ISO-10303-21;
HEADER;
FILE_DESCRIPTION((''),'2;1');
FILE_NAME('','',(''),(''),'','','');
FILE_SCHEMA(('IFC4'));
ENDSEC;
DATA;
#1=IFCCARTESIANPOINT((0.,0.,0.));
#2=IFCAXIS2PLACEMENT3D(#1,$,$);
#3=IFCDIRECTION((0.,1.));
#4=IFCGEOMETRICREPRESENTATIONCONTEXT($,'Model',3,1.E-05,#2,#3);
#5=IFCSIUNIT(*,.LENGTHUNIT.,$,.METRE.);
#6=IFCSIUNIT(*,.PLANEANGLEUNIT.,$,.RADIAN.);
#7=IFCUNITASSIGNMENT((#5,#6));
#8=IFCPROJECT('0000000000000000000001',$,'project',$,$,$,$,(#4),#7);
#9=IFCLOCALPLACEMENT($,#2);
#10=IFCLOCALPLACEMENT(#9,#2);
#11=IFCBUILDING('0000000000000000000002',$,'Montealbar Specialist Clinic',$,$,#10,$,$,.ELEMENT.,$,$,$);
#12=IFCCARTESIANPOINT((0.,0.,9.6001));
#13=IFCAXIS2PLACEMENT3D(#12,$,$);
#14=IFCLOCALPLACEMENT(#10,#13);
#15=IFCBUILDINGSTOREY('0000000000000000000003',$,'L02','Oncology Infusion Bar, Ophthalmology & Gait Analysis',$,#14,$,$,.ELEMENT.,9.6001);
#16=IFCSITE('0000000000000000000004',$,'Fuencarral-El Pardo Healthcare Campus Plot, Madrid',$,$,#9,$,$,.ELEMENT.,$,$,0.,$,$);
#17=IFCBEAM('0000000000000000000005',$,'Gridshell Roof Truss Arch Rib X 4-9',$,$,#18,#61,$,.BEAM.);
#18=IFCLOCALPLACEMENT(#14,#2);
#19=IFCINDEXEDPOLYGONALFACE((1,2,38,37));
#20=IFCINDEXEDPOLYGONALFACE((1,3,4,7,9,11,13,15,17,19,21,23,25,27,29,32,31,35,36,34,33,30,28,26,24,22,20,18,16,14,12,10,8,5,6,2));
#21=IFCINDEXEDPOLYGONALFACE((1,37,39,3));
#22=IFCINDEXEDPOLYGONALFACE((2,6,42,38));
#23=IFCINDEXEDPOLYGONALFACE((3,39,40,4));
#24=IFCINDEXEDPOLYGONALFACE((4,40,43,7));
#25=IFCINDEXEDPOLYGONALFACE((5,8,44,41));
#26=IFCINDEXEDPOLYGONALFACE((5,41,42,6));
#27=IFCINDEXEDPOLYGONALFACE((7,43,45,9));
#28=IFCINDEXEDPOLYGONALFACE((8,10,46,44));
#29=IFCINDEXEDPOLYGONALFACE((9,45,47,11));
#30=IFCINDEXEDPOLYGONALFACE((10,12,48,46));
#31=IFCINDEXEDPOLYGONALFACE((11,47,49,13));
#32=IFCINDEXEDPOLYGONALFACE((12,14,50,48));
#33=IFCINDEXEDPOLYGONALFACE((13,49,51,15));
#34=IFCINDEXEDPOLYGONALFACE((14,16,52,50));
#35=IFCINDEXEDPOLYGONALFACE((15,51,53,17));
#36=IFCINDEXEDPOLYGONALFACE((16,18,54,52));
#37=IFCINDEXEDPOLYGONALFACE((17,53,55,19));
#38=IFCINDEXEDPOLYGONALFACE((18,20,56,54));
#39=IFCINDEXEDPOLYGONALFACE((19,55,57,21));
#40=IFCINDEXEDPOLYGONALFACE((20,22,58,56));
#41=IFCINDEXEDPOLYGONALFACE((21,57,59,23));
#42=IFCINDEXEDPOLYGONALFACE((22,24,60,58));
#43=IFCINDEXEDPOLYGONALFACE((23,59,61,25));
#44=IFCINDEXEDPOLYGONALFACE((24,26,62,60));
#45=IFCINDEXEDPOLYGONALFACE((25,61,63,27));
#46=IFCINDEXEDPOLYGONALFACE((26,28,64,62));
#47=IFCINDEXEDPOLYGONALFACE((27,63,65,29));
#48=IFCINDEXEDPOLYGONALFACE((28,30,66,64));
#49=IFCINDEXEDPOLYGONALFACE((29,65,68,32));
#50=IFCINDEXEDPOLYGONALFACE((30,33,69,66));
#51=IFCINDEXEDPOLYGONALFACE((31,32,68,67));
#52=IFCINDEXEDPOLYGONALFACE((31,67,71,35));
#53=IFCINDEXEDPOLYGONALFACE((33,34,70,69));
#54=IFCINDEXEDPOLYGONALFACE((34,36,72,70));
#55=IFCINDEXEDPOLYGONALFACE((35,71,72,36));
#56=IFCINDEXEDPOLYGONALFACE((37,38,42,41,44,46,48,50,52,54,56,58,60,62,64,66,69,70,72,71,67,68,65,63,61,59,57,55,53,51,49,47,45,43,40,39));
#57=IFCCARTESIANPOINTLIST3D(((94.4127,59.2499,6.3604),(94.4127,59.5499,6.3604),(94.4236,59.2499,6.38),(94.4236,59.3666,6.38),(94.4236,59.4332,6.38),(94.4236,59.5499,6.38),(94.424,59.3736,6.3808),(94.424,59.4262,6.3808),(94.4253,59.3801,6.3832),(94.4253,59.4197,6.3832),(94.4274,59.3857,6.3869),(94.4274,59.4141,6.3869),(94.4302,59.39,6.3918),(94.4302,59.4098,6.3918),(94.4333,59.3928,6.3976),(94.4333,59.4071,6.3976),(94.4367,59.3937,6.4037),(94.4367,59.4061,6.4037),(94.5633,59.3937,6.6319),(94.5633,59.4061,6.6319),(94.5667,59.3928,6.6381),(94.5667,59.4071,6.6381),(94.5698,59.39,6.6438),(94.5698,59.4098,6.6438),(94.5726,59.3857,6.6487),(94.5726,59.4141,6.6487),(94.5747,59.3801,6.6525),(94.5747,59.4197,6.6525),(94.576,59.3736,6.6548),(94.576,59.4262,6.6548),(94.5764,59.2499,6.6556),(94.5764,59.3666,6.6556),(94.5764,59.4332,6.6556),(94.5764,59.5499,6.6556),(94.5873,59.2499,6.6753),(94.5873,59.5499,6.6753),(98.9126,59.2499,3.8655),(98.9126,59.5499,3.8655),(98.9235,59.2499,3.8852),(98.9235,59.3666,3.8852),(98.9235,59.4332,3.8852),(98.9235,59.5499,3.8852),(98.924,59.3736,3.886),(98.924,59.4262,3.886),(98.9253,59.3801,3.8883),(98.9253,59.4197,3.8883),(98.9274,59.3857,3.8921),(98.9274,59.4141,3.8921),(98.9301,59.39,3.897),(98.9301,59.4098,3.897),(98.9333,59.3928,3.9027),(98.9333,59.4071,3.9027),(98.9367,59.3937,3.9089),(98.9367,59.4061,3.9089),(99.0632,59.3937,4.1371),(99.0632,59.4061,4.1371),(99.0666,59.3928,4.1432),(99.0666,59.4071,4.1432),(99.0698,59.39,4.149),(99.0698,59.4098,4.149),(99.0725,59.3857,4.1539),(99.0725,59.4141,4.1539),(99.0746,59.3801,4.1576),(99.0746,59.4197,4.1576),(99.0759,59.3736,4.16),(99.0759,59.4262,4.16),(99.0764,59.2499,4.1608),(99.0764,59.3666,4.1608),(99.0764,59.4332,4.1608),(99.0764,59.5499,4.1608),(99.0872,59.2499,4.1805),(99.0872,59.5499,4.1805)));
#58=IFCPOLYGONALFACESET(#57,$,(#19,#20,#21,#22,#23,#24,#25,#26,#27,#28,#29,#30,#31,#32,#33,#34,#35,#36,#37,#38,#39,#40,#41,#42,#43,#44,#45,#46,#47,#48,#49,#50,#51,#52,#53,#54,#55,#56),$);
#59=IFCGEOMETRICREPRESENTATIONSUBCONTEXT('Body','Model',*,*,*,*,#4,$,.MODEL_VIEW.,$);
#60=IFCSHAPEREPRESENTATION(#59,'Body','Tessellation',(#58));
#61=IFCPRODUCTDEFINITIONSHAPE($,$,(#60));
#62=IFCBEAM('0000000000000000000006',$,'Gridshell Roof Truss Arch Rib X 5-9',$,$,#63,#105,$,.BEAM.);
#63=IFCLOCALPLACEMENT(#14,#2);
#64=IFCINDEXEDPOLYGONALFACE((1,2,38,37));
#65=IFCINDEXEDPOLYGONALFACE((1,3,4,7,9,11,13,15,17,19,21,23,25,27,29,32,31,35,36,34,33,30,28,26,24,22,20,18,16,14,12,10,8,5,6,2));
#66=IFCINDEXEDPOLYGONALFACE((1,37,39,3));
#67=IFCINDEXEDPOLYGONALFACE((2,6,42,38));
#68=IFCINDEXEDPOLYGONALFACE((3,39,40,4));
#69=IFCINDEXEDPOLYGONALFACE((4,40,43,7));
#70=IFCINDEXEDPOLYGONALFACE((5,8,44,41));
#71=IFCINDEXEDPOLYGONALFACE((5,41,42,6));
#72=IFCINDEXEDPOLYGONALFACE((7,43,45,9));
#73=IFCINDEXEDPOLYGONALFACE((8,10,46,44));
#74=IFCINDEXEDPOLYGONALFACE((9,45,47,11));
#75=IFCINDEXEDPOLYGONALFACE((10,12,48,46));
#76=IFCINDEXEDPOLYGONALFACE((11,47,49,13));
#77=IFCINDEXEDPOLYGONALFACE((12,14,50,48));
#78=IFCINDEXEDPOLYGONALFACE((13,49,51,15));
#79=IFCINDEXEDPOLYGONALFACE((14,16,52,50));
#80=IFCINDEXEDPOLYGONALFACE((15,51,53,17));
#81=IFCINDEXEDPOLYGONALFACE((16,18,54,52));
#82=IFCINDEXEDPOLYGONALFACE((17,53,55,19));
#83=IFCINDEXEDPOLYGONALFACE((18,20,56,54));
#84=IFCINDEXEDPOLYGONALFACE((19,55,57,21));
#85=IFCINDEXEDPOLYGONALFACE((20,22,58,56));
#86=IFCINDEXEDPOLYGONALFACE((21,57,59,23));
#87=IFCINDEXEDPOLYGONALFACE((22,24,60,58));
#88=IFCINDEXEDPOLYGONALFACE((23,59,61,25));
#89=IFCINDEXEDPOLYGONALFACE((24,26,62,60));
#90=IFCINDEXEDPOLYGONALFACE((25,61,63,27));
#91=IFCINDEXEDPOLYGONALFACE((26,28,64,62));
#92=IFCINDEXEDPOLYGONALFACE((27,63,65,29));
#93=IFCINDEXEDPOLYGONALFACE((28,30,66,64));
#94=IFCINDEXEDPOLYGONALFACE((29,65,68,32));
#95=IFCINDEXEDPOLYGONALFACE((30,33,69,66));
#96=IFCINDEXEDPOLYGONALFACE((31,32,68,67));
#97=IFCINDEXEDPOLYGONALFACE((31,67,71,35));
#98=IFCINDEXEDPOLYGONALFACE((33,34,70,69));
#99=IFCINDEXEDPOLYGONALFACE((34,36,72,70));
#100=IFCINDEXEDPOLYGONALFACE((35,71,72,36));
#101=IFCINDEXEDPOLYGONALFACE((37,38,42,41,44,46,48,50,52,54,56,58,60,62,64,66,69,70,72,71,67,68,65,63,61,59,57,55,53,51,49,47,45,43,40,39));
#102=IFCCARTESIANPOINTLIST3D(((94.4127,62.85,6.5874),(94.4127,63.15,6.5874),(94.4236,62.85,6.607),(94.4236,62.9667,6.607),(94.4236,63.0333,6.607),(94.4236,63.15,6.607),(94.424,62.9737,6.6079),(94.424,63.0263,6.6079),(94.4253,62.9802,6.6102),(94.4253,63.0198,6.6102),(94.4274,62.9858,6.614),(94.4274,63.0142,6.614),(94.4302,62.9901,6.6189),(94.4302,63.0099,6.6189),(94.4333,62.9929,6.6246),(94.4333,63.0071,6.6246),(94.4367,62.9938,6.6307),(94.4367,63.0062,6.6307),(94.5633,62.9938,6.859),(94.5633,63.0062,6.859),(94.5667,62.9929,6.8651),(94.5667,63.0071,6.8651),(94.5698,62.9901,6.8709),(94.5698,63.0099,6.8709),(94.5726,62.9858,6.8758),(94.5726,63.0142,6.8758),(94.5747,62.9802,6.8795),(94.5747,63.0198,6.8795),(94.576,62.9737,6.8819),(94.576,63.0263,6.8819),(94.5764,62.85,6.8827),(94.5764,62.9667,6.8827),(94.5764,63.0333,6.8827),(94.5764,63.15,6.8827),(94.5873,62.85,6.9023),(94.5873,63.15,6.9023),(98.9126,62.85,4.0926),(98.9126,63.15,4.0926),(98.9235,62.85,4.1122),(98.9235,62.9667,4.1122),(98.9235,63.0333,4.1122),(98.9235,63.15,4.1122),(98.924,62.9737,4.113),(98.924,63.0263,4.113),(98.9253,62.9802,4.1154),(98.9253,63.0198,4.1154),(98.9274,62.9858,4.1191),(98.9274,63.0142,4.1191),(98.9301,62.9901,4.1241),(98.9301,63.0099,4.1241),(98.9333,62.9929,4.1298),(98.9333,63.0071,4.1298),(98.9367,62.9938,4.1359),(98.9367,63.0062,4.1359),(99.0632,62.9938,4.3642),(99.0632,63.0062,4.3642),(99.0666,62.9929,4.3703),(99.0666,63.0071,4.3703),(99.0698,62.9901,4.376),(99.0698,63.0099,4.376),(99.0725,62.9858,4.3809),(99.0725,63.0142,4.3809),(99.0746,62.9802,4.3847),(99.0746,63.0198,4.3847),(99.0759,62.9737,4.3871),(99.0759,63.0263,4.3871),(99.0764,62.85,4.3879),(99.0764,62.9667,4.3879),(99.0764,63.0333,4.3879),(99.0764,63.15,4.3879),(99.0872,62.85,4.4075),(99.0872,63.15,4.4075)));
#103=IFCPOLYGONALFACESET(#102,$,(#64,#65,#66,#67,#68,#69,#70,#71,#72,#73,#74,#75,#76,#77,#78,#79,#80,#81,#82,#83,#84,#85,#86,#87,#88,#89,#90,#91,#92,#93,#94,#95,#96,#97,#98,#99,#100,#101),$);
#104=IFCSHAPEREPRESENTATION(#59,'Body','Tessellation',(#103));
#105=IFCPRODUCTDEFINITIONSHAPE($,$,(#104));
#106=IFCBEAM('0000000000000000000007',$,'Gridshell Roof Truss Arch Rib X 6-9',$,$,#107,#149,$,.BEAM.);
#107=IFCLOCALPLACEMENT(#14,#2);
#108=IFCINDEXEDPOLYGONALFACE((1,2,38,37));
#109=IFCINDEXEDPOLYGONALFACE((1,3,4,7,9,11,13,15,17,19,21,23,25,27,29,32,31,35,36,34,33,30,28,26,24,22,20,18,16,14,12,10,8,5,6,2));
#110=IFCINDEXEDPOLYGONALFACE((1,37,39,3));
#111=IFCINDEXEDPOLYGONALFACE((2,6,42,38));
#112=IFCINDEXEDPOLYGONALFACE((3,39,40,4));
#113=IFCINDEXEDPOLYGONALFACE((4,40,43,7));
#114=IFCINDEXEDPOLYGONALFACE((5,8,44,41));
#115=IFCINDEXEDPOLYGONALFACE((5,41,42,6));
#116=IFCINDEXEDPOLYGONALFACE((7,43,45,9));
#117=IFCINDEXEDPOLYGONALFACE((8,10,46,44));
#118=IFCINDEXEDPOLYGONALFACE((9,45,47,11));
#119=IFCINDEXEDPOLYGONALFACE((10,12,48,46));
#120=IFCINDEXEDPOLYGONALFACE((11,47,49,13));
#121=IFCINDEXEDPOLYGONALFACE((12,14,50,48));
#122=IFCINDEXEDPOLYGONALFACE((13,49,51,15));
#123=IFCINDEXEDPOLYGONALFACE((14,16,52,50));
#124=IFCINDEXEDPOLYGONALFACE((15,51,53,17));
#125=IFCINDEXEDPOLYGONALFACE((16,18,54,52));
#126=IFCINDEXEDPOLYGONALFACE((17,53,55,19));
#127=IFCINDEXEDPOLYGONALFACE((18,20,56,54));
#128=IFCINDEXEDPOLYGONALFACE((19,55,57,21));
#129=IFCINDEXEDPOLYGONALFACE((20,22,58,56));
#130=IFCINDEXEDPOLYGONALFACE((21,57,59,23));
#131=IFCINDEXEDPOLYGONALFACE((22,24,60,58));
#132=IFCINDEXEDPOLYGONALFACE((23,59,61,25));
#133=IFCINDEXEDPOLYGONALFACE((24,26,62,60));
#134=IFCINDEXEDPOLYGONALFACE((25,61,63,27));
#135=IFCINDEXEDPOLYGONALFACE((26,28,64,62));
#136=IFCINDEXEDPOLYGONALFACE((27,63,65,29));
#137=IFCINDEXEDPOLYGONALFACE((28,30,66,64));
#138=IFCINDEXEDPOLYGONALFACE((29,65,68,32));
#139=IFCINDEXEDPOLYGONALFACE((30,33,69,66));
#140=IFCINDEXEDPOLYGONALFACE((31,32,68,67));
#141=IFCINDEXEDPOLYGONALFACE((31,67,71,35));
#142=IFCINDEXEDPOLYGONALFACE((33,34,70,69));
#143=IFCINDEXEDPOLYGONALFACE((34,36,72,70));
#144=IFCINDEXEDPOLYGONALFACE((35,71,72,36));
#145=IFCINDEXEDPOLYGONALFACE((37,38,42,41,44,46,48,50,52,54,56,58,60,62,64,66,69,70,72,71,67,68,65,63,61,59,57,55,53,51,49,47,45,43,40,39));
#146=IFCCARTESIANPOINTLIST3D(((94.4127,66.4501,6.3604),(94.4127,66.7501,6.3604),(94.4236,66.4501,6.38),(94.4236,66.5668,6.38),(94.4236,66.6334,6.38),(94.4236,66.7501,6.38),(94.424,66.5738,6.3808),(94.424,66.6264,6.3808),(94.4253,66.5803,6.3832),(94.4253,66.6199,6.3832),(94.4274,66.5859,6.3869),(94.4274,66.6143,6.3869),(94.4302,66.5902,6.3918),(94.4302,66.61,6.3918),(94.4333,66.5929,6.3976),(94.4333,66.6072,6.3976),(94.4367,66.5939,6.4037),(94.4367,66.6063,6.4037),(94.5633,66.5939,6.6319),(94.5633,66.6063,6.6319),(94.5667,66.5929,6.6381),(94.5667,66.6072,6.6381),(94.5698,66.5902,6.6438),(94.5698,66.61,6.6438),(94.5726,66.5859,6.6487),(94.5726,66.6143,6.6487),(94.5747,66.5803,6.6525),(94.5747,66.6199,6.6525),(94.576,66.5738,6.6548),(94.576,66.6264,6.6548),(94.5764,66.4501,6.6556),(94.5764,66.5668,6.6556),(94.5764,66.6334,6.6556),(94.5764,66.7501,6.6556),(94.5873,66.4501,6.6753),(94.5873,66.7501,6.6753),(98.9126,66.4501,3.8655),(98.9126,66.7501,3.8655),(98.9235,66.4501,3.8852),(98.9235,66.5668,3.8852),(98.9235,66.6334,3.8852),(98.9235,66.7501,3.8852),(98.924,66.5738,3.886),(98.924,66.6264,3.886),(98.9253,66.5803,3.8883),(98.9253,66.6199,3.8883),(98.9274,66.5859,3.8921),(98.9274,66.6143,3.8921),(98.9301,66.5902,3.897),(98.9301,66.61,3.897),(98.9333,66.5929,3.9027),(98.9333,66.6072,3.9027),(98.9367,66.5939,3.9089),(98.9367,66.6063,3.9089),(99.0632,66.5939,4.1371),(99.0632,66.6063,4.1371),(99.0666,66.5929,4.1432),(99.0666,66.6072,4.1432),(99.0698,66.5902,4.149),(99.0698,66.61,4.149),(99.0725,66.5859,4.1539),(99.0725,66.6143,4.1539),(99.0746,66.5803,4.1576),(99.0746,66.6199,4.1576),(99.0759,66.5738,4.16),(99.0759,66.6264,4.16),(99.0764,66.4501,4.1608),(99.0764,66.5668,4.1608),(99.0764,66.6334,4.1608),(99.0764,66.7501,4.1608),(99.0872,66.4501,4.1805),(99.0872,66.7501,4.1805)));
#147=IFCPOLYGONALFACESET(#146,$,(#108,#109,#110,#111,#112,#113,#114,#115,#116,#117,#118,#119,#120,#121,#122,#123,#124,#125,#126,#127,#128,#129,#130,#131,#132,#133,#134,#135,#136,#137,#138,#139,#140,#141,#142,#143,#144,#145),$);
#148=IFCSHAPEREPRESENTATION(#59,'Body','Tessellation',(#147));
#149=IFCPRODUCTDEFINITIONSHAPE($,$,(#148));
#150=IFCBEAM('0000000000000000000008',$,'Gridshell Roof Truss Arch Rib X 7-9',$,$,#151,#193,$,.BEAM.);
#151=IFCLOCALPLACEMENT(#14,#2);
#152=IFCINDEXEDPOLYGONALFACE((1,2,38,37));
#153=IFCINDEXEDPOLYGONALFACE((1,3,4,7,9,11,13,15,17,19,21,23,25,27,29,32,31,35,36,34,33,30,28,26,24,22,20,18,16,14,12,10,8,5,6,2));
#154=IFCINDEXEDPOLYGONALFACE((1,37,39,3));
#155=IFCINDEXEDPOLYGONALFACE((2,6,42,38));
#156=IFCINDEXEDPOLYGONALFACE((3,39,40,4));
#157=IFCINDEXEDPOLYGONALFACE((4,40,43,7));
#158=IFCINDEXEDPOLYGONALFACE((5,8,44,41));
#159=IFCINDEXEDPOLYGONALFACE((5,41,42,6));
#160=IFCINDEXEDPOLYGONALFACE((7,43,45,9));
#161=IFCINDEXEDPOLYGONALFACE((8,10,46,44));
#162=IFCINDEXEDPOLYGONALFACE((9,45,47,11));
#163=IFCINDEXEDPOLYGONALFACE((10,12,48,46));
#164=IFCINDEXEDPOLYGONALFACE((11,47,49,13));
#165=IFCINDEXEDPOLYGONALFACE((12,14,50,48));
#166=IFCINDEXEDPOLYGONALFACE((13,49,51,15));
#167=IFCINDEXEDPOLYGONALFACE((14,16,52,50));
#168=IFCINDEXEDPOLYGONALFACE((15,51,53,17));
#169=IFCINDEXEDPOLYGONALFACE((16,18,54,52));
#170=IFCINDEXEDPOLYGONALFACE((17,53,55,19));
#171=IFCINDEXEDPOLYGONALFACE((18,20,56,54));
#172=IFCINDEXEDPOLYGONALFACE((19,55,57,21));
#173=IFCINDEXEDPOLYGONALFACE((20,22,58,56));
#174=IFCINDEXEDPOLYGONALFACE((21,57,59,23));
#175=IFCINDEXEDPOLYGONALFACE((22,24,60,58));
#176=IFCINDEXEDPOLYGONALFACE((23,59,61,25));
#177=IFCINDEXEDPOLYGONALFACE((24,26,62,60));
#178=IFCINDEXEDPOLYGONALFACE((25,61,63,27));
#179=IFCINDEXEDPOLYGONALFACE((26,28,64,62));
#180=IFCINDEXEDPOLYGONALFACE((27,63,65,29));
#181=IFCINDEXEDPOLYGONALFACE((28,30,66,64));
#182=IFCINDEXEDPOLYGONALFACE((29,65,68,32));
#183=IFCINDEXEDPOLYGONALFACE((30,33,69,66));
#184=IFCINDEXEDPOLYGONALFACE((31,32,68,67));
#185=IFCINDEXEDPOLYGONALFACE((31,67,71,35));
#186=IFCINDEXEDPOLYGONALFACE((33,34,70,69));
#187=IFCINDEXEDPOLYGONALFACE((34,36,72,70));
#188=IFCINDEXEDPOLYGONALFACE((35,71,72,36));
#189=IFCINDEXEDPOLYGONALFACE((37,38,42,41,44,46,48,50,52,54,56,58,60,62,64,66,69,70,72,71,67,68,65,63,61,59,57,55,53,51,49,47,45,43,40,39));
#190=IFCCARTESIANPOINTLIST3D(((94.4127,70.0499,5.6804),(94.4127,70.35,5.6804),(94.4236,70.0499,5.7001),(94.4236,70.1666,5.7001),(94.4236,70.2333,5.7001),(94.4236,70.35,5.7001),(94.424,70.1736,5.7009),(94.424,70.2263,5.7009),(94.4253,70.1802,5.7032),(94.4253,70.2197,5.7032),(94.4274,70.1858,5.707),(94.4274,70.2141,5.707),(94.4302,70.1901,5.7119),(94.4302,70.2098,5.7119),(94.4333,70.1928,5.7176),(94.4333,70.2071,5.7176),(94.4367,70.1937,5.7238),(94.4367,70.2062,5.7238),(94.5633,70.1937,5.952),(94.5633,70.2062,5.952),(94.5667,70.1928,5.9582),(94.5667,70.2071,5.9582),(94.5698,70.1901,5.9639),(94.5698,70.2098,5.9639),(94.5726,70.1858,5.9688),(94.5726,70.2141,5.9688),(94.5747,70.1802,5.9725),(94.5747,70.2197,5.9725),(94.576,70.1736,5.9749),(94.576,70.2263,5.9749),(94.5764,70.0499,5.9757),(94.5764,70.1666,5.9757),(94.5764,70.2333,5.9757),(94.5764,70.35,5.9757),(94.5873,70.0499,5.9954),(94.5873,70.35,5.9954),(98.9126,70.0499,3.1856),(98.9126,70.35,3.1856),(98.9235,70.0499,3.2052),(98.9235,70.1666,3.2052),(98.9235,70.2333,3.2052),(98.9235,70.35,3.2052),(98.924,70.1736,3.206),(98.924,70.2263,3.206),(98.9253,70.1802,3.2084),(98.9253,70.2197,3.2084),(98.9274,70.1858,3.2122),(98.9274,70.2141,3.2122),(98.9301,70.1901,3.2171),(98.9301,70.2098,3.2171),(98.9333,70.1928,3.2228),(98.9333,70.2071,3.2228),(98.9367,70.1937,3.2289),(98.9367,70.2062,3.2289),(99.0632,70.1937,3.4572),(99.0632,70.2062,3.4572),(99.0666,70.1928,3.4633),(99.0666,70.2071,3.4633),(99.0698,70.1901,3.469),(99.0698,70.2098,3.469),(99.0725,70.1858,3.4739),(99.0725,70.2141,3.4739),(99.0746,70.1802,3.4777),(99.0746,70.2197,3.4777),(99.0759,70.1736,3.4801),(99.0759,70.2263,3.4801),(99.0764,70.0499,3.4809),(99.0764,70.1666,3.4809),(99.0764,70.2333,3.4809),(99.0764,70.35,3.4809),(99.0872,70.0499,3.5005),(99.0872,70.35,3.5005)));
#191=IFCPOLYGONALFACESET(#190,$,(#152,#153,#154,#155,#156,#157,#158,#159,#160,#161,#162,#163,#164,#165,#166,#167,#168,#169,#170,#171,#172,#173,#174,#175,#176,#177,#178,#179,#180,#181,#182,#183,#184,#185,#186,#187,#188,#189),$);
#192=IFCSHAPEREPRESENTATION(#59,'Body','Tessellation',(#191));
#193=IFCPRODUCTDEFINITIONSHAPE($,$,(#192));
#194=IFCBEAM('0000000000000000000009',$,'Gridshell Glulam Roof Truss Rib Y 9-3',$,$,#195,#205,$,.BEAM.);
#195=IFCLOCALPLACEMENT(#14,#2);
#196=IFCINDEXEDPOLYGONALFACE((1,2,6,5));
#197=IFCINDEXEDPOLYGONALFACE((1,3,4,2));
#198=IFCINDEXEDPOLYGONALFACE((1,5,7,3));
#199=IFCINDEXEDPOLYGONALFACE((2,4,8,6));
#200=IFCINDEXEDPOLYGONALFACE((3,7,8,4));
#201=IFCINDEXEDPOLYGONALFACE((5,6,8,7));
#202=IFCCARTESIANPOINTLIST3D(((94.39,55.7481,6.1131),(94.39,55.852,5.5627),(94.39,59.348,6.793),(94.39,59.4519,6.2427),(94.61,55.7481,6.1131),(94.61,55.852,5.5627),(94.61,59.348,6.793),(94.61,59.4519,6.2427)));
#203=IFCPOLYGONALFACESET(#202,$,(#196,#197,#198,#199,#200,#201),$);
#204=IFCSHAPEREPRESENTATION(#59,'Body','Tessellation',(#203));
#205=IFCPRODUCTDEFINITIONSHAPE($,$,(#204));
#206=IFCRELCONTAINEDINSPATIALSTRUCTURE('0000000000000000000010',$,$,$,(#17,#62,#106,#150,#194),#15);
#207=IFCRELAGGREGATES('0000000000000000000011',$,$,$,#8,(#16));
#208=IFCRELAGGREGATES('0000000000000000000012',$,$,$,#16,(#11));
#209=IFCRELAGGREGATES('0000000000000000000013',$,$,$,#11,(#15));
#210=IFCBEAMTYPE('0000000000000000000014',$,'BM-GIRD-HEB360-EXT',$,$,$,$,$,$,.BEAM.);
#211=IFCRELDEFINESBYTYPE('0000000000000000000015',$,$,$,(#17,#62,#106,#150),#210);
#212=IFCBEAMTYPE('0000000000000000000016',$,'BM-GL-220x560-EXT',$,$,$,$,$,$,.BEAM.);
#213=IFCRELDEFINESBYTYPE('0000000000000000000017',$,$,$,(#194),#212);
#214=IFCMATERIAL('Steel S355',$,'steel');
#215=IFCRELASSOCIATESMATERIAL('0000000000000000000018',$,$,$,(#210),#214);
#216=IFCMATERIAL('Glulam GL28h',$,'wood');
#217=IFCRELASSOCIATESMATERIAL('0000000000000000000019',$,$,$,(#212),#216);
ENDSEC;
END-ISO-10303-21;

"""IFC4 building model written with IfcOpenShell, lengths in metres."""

from ifc_helpers import new_model, si_unit, direction, frame, origin, origin_2d, place, context, subcontext, project, spatial, rectangle, i_section, extrude, material, material_profile, profile_set, type_object, element, save


model = new_model("IFC4")

# Units and contexts
model_context = context("Model", 3, precision=1e-05, world=origin(), true_north=direction((0.0, 1.0)))
body_context = subcontext(model_context, "Body", "Model", "MODEL_VIEW")
ifc_project = project(units=[si_unit("LENGTHUNIT", "METRE"), si_unit("PLANEANGLEUNIT", "RADIAN")], contexts=[model_context])

# Site, building, storey
site_placement = place(None, origin())
site = spatial("IfcSite", under=ifc_project, at=site_placement, Name="Fuencarral-El Pardo Healthcare Campus Plot, Madrid", CompositionType="ELEMENT", RefElevation=0.0)
building_placement = place(site_placement, origin())
building = spatial("IfcBuilding", under=site, at=building_placement, Name="Montealbar Specialist Clinic", CompositionType="ELEMENT")
storey_placement = place(building_placement, frame((0.0, 0.0, 9.6001)))
storey = spatial("IfcBuildingStorey", under=building, at=storey_placement, Name="L02", Description="Oncology Infusion Bar, Ophthalmology & Gait Analysis", CompositionType="ELEMENT", Elevation=9.6001)

# Beams
ifc_material_1 = material(Name="Steel S355", Category="steel")
ifc_material_profile_1 = material_profile(ifc_material_1, i_section(OverallWidth=0.3, OverallDepth=0.3601, WebThickness=0.0125, FlangeThickness=0.0225, FilletRadius=0.0271, at=origin_2d()), Name="HEB 360", Category="steel")
ifc_profile_set_1 = profile_set([ifc_material_profile_1], Name="Steel S355")
beam_type_1 = type_object("IfcBeamType", Name="BM-GIRD-HEB360-EXT", PredefinedType="BEAM", material=ifc_profile_set_1)
for number, where, z_axis, x_axis, name in (
    (1, (94.5, 59.3999, 6.5178), (0.87458, 0.0, -0.484881), (0.0, 1.0, 0.0), "Gridshell Roof Truss Arch Rib X 4-9"),
    (2, (94.5, 63.0, 6.7449), (0.87458, 0.0, -0.484881), (0.0, 1.0, 0.0), "Gridshell Roof Truss Arch Rib X 5-9"),
    (3, (94.5, 66.6001, 6.5178), (0.87458, 0.0, -0.484881), (0.0, 1.0, 0.0), "Gridshell Roof Truss Arch Rib X 6-9"),
    (4, (94.5, 70.2, 5.8379), (0.87458, 0.0, -0.484881), (0.0, 1.0, 0.0), "Gridshell Roof Truss Arch Rib X 7-9"),
):
    element("IfcBeam", number, at=place(storey_placement, frame(where, z_axis=z_axis, x_axis=x_axis)), inside=storey, type_object=beam_type_1, Name=name, PredefinedType="BEAM", context=body_context, shape_type="SweptSolid", body=[
        extrude(i_section(OverallWidth=0.3, OverallDepth=0.3601, WebThickness=0.0125, FlangeThickness=0.0225, FilletRadius=0.0271, at=origin_2d()), origin(), (0.0, 0.0, 1.0), 5.1453),
    ])
ifc_material_2 = material(Name="Glulam GL28h", Category="wood")
ifc_material_profile_2 = material_profile(ifc_material_2, rectangle(XDim=0.22, YDim=0.5601, at=origin_2d()), Name="GL28h 220x560", Category="wood")
ifc_profile_set_2 = profile_set([ifc_material_profile_2], Name="Glulam GL28h")
beam_type_2 = type_object("IfcBeamType", Name="BM-GL-220x560-EXT", PredefinedType="BEAM", material=ifc_profile_set_2)
beam_1_placement = place(storey_placement, frame((94.5, 55.8, 5.8379), z_axis=(0.0, 0.982626, 0.185596), x_axis=(-1.0, 0.0, 0.0)))
element("IfcBeam", 5, at=beam_1_placement, inside=storey, type_object=beam_type_2, Name="Gridshell Glulam Roof Truss Rib Y 9-3", PredefinedType="BEAM", context=body_context, shape_type="SweptSolid", body=[
    extrude(rectangle(XDim=0.22, YDim=0.5601, at=origin_2d()), origin(), (0.0, 0.0, 1.0), 3.6636),
])

save(model, "model.ifc")
